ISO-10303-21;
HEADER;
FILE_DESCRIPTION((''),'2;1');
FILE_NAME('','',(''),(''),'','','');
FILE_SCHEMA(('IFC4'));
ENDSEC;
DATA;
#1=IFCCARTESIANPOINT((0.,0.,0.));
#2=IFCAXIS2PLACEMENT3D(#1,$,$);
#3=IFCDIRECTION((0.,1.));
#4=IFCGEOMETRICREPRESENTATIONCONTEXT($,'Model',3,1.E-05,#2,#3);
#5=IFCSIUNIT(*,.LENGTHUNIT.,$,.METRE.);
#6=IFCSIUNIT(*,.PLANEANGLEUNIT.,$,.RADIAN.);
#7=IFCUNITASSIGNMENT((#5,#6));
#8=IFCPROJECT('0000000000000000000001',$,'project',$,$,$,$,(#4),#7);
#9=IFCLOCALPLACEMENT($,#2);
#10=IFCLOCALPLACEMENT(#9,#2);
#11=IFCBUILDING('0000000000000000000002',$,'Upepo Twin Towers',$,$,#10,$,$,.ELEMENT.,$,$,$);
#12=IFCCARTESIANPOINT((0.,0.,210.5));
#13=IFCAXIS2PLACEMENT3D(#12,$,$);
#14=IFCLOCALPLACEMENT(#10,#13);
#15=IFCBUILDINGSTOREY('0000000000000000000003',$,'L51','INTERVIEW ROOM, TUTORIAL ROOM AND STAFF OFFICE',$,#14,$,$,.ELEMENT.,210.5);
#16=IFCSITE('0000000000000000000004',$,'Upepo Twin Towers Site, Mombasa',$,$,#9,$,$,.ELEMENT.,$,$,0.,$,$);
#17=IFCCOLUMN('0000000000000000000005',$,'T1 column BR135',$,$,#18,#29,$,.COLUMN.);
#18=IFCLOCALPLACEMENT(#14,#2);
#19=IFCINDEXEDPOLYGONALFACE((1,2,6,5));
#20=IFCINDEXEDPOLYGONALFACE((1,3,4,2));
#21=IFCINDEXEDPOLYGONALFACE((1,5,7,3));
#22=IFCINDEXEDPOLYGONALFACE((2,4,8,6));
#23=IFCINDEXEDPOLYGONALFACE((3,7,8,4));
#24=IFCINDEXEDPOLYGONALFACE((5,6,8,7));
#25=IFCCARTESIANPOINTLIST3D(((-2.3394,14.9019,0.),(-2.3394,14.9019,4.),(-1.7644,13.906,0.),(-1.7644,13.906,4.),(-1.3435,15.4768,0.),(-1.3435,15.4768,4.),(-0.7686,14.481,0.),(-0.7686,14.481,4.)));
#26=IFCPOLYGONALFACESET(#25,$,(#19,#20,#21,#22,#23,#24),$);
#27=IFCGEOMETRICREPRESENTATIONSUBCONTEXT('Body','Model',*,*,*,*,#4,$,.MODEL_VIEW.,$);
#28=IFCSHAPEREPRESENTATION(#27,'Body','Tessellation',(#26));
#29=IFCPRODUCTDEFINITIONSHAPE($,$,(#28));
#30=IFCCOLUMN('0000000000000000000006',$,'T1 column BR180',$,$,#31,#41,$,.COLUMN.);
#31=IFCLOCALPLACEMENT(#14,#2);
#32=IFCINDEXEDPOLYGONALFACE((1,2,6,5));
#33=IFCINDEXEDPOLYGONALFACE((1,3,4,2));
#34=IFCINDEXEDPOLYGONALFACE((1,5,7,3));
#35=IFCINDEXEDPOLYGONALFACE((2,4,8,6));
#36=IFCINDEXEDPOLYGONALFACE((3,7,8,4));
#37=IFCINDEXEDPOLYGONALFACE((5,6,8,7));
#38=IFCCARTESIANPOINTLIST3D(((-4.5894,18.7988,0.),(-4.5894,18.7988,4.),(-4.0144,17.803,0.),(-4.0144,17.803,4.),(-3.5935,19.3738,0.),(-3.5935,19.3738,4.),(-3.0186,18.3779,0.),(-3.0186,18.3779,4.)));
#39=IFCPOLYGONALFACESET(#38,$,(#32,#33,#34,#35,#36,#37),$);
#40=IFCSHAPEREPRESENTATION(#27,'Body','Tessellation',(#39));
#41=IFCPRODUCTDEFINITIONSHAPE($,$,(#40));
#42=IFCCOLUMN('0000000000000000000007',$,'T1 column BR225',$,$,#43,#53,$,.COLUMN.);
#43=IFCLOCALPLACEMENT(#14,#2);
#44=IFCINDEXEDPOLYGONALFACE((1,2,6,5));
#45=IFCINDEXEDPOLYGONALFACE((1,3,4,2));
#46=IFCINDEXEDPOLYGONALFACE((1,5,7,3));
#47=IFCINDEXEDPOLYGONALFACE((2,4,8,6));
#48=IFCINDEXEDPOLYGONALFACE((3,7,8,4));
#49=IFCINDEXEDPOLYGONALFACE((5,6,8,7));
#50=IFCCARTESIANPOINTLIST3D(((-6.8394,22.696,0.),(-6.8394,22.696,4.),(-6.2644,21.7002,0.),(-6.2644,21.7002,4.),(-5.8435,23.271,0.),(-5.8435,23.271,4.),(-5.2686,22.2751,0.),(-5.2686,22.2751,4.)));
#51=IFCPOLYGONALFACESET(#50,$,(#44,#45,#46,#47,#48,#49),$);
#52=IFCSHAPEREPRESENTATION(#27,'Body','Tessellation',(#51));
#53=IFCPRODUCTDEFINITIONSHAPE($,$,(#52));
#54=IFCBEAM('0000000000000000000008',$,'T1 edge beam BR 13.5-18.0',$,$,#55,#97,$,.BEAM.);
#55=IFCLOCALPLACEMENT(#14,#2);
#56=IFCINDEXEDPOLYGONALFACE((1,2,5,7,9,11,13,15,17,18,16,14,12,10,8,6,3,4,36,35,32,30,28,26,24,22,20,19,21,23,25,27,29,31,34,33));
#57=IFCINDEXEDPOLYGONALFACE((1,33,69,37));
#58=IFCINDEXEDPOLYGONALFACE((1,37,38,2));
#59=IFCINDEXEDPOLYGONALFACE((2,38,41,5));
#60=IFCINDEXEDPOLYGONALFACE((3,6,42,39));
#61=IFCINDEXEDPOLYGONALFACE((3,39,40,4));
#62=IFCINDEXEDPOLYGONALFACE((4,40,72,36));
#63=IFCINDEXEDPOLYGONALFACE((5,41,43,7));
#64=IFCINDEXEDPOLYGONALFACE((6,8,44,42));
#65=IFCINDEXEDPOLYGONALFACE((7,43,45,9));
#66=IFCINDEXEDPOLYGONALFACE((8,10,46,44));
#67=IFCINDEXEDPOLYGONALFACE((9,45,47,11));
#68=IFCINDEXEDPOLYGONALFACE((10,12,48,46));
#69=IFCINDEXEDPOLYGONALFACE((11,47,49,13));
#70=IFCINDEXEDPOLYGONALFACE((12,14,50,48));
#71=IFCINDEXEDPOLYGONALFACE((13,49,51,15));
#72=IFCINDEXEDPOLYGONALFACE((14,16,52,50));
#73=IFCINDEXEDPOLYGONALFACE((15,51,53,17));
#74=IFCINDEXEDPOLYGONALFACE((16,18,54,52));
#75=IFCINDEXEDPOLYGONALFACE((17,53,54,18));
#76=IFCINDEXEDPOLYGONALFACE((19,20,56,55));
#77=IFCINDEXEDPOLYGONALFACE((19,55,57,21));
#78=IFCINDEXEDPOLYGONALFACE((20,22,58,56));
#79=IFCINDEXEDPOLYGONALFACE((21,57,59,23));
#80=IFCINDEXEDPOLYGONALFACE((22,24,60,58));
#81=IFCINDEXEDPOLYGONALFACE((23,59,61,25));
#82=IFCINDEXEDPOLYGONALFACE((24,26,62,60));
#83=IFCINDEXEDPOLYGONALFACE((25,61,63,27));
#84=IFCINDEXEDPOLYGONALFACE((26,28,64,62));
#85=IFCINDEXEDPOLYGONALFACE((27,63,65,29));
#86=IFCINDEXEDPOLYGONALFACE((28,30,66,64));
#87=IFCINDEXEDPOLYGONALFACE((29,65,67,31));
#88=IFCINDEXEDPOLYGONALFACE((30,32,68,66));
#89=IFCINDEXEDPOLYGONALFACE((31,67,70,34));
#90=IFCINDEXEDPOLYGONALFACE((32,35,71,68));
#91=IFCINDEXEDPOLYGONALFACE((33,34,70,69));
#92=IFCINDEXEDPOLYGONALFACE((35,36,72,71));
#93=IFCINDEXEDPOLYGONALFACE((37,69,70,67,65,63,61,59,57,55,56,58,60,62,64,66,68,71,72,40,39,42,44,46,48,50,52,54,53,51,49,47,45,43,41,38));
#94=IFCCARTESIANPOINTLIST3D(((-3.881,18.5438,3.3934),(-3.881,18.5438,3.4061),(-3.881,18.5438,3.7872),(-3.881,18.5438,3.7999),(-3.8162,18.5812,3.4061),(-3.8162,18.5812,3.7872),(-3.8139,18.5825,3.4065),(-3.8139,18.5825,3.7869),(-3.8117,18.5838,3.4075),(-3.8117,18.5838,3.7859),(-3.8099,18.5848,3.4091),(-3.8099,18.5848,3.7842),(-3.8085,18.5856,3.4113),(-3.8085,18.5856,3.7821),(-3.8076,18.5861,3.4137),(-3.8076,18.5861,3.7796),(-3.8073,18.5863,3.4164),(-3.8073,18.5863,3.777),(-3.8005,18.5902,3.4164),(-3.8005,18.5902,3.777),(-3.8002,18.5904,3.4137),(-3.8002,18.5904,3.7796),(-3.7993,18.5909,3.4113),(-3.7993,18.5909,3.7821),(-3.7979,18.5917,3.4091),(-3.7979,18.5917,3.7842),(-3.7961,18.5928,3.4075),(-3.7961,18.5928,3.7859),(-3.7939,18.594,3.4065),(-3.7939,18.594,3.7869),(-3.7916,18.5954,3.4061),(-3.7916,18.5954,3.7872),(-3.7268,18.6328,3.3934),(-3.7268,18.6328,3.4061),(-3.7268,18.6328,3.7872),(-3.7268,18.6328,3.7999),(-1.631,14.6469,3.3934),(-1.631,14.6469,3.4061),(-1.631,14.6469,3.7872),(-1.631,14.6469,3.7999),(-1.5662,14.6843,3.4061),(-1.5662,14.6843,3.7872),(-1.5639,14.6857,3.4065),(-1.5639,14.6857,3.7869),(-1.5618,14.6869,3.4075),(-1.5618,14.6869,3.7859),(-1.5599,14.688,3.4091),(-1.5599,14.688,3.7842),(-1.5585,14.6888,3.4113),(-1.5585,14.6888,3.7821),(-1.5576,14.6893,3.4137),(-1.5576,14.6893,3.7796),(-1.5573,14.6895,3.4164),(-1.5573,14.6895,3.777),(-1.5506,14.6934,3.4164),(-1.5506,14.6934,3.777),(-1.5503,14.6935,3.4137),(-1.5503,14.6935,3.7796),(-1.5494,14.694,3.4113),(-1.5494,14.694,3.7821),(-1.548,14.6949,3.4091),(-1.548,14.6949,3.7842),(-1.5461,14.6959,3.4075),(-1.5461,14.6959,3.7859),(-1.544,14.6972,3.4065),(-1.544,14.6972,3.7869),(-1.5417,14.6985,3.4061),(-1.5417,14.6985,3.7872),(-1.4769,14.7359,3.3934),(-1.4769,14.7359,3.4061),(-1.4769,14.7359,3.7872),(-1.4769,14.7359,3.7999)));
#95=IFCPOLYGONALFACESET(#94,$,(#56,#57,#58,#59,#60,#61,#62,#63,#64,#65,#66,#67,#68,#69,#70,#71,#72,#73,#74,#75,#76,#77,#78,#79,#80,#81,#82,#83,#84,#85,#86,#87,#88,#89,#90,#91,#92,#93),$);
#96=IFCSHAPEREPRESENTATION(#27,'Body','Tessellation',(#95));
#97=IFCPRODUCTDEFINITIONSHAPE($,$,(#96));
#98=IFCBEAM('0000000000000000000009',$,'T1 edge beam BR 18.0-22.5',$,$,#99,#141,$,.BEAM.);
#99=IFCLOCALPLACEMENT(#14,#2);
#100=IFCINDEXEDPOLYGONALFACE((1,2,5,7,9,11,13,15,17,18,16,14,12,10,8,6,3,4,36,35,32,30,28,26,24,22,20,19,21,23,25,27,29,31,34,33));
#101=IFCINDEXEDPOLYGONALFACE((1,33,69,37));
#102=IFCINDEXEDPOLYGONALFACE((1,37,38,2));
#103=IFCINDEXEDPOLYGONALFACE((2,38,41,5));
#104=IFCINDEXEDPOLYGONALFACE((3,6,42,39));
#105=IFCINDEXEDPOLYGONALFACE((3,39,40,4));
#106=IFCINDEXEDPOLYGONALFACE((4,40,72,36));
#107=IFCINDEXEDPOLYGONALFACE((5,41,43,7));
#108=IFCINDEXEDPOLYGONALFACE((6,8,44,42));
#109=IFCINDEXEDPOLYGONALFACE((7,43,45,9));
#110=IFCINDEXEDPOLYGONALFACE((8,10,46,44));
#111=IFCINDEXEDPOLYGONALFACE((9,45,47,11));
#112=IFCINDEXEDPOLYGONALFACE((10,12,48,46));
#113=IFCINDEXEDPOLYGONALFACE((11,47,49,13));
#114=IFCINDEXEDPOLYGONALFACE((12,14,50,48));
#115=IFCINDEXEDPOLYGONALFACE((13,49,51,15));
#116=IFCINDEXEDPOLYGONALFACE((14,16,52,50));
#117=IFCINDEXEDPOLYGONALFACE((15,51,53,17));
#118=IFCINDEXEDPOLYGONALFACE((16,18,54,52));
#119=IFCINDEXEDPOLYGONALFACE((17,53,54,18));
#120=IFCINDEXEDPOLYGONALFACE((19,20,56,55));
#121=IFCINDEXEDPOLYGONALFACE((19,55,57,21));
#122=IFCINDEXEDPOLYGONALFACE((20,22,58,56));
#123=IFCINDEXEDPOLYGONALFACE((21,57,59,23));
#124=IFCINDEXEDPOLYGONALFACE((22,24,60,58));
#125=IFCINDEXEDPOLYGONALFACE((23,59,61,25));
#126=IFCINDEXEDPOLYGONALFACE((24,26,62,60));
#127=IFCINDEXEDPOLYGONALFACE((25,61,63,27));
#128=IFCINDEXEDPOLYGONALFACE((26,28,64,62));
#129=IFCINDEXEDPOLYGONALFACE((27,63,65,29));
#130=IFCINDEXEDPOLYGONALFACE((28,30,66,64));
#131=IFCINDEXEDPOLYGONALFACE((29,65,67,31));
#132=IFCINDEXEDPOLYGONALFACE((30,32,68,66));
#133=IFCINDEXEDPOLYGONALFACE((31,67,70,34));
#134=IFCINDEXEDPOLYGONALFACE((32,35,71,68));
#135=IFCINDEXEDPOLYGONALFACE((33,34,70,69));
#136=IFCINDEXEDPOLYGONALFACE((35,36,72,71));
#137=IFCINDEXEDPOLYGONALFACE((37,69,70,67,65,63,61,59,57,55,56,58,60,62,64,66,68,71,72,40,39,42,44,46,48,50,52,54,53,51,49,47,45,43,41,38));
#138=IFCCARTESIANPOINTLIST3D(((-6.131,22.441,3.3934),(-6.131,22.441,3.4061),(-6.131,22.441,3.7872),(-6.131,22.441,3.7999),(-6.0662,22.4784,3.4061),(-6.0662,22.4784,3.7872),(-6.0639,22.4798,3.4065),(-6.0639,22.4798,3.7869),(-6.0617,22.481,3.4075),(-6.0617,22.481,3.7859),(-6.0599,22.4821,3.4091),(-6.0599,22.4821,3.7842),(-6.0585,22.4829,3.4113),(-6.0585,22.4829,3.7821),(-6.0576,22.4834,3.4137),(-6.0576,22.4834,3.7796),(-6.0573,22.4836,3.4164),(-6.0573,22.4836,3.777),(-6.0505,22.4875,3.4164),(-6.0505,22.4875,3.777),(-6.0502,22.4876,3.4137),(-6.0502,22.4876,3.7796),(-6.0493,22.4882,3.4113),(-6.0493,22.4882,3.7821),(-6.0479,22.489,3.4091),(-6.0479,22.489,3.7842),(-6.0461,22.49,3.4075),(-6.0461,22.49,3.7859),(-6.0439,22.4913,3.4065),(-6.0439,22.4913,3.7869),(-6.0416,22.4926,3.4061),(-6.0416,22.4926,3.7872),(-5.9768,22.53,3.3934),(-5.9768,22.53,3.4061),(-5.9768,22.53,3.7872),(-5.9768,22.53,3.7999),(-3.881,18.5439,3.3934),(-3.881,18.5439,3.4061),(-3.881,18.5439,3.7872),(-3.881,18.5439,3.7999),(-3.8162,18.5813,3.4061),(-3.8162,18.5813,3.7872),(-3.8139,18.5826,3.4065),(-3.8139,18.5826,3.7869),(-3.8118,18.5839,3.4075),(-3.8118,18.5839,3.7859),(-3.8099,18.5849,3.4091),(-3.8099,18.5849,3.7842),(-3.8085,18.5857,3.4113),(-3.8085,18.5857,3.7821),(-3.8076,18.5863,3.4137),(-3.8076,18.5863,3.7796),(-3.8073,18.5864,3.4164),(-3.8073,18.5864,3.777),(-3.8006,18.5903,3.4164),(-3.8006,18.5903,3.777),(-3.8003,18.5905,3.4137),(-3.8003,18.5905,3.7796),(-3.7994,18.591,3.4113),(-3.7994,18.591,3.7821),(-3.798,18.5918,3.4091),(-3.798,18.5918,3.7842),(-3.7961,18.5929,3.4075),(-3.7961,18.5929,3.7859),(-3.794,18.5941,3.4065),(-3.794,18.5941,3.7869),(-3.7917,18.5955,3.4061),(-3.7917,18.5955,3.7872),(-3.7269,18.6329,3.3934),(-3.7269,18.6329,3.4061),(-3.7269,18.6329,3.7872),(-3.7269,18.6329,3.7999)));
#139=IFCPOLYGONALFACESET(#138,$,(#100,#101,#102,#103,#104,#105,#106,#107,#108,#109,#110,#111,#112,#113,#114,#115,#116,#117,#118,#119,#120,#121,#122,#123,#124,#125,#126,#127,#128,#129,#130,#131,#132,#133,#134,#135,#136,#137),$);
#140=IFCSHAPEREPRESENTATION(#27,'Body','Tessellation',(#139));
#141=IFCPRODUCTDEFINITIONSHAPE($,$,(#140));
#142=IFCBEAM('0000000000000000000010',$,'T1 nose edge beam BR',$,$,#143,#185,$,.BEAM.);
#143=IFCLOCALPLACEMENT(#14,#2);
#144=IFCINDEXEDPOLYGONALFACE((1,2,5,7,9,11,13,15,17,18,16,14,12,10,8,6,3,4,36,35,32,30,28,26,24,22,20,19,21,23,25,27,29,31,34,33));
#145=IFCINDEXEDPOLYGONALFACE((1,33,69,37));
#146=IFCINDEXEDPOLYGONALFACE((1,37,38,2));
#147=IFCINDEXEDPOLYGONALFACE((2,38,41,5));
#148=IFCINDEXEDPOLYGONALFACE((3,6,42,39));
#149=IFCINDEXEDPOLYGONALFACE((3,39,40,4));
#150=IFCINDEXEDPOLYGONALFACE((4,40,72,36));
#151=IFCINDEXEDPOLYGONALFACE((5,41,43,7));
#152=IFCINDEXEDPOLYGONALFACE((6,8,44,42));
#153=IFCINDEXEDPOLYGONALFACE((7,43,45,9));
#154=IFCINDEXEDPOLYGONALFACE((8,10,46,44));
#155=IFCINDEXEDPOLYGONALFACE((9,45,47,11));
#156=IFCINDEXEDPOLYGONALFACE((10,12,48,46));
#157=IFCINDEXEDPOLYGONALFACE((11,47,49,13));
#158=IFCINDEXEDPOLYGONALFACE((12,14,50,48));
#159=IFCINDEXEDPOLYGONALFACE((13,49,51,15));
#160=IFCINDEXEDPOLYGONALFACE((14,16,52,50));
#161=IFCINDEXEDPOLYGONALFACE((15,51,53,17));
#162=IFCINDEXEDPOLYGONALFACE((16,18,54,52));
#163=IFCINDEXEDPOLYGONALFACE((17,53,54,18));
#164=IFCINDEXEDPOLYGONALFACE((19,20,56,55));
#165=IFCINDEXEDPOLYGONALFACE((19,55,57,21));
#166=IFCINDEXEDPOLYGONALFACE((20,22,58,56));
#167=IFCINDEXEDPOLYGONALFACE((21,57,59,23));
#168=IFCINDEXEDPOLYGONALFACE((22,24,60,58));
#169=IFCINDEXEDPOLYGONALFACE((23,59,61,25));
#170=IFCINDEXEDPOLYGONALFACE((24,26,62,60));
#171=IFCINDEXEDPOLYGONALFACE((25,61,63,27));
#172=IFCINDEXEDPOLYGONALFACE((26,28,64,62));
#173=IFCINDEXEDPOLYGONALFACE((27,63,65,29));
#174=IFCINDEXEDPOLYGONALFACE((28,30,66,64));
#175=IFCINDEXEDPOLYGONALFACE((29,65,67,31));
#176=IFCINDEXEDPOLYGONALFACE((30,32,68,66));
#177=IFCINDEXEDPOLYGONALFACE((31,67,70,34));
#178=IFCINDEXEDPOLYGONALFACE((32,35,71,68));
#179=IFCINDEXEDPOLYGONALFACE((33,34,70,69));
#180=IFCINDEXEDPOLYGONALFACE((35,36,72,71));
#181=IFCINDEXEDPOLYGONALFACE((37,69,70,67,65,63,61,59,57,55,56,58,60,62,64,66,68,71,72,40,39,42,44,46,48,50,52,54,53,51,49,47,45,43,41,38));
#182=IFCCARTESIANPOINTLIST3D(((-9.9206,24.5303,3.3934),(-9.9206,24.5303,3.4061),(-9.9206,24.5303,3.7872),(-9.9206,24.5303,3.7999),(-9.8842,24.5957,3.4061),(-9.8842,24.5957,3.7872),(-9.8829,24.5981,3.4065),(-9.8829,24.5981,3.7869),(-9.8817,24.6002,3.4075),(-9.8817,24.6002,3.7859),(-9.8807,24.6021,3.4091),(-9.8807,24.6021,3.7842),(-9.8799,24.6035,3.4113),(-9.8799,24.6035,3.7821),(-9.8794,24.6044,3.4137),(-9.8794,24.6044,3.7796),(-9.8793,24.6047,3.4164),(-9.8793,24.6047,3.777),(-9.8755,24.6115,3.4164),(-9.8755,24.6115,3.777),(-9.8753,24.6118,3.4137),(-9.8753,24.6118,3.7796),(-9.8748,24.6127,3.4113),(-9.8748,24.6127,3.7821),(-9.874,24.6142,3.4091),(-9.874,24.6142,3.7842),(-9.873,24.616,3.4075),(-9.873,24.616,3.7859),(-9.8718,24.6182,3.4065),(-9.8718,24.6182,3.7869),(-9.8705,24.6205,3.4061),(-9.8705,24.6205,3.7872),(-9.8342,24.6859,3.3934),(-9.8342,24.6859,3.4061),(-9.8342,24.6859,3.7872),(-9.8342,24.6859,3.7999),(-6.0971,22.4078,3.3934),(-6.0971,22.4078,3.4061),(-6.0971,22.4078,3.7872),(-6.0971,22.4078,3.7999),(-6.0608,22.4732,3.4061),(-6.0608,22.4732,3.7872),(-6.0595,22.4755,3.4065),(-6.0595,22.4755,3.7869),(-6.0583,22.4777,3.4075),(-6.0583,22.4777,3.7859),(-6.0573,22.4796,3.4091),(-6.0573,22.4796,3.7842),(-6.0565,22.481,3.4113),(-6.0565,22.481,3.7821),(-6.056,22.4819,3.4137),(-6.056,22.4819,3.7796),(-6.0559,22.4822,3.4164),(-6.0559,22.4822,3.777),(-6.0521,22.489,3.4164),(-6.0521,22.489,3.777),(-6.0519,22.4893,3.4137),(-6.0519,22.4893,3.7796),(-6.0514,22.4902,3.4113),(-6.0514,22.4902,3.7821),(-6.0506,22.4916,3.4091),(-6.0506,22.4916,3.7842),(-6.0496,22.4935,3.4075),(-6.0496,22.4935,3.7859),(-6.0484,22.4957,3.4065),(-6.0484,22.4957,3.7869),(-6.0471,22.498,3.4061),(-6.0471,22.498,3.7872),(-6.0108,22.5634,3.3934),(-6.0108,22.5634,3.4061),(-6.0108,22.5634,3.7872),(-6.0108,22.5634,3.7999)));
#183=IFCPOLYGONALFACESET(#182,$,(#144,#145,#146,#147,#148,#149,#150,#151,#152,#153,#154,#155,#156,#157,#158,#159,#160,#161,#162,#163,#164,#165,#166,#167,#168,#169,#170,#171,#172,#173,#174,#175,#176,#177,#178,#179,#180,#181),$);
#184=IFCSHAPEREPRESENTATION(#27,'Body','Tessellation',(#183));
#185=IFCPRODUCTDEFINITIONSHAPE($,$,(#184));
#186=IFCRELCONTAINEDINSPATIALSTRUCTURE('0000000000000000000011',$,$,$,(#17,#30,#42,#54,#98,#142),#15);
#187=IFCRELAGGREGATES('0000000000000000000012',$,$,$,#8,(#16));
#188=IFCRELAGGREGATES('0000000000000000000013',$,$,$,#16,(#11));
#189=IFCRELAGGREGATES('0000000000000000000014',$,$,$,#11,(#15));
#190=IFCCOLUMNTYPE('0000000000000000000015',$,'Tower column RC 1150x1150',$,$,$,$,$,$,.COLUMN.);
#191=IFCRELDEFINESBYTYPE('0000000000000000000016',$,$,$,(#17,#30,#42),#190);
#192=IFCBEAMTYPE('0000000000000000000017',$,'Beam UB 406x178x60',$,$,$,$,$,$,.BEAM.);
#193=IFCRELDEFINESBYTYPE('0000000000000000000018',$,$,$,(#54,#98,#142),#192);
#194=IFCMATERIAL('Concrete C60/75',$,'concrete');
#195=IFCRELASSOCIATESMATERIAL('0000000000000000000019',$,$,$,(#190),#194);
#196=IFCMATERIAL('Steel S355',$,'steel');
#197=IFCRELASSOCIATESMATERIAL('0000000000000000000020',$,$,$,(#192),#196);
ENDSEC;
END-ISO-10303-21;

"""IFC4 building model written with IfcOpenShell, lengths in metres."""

from ifc_helpers import new_model, si_unit, direction, frame, origin, origin_2d, place, context, subcontext, project, spatial, rectangle, i_section, extrude, material, material_profile, profile_set, type_object, element, save


model = new_model("IFC4")

# Units and contexts
model_context = context("Model", 3, precision=1e-05, world=origin(), true_north=direction((0.0, 1.0)))
body_context = subcontext(model_context, "Body", "Model", "MODEL_VIEW")
ifc_project = project(units=[si_unit("LENGTHUNIT", "METRE"), si_unit("PLANEANGLEUNIT", "RADIAN")], contexts=[model_context])

# Site, building, storey
site_placement = place(None, origin())
site = spatial("IfcSite", under=ifc_project, at=site_placement, Name="Upepo Twin Towers Site, Mombasa", CompositionType="ELEMENT", RefElevation=0.0)
building_placement = place(site_placement, origin())
building = spatial("IfcBuilding", under=site, at=building_placement, Name="Upepo Twin Towers", CompositionType="ELEMENT")
storey_placement = place(building_placement, frame((0.0, 0.0, 210.5)))
storey = spatial("IfcBuildingStorey", under=building, at=storey_placement, Name="L51", Description="INTERVIEW ROOM, TUTORIAL ROOM AND STAFF OFFICE", CompositionType="ELEMENT", Elevation=210.5)

# Columns
ifc_material_1 = material(Name="Concrete C60/75", Category="concrete")
ifc_material_profile_1 = material_profile(ifc_material_1, rectangle(XDim=1.1499, YDim=1.1499, at=origin_2d()), Name="RC 1150x1150")
ifc_profile_set_1 = profile_set([ifc_material_profile_1], Name="Concrete C60/75")
column_type = type_object("IfcColumnType", Name="Tower column RC 1150x1150", PredefinedType="COLUMN", material=ifc_profile_set_1)
for number, where, z_axis, x_axis, name in (
    (1, (-1.554, 14.6914, 0.0), (0.0, 0.0, 1.0), (0.866025, 0.5, 0.0), "T1 column BR135"),
    (2, (-3.804, 18.5884, 0.0), (0.0, 0.0, 1.0), (0.866025, 0.5, 0.0), "T1 column BR180"),
    (3, (-6.054, 22.4856, 0.0), (0.0, 0.0, 1.0), (0.866025, 0.5, 0.0), "T1 column BR225"),
):
    element("IfcColumn", number, at=place(storey_placement, frame(where, z_axis=z_axis, x_axis=x_axis)), inside=storey, type_object=column_type, Name=name, PredefinedType="COLUMN", context=body_context, shape_type="SweptSolid", body=[
        extrude(rectangle(XDim=1.1499, YDim=1.1499, at=origin_2d()), origin(), (0.0, 0.0, 1.0), 4.0),
    ])

# Beams
ifc_material_2 = material(Name="Steel S355", Category="steel")
ifc_material_profile_2 = material_profile(ifc_material_2, i_section(OverallWidth=0.178, OverallDepth=0.4065, WebThickness=0.0078, FlangeThickness=0.0127, FilletRadius=0.0103, at=origin_2d()), Name="UB 406x178x60")
ifc_profile_set_2 = profile_set([ifc_material_profile_2], Name="Steel S355")
beam_type_1 = type_object("IfcBeamType", Name="Beam UB 406x178x60", PredefinedType="BEAM", material=ifc_profile_set_2)
beam_1_placement = place(storey_placement, frame((-1.554, 14.6914, 3.5967), z_axis=(-0.500014, 0.866018, 0.0), x_axis=(-0.866018, -0.500014, 0.0)))
element("IfcBeam", 4, at=beam_1_placement, inside=storey, type_object=beam_type_1, Name="T1 edge beam BR 13.5-18.0", PredefinedType="BEAM", context=body_context, shape_type="SweptSolid", body=[
    extrude(i_section(OverallWidth=0.178, OverallDepth=0.4065, WebThickness=0.0078, FlangeThickness=0.0127, FilletRadius=0.0103, at=origin_2d()), origin(), (0.0, 0.0, 1.0), 4.4998),
])
beam_2_placement = place(storey_placement, frame((-3.804, 18.5884, 3.5967), z_axis=(-0.49999, 0.866031, 0.0), x_axis=(-0.866031, -0.49999, 0.0)))
element("IfcBeam", 5, at=beam_2_placement, inside=storey, type_object=beam_type_1, Name="T1 edge beam BR 18.0-22.5", PredefinedType="BEAM", context=body_context, shape_type="SweptSolid", body=[
    extrude(i_section(OverallWidth=0.178, OverallDepth=0.4065, WebThickness=0.0078, FlangeThickness=0.0127, FilletRadius=0.0103, at=origin_2d()), origin(), (0.0, 0.0, 1.0), 4.5),
])
beam_3_placement = place(storey_placement, frame((-6.054, 22.4856, 3.5967), z_axis=(-0.874313, 0.485363, 0.0), x_axis=(-0.485363, -0.874313, 0.0)))
element("IfcBeam", 6, at=beam_3_placement, inside=storey, type_object=beam_type_1, Name="T1 nose edge beam BR", PredefinedType="BEAM", context=body_context, shape_type="SweptSolid", body=[
    extrude(i_section(OverallWidth=0.178, OverallDepth=0.4065, WebThickness=0.0078, FlangeThickness=0.0127, FilletRadius=0.0103, at=origin_2d()), origin(), (0.0, 0.0, 1.0), 4.373),
])

save(model, "model.ifc")
